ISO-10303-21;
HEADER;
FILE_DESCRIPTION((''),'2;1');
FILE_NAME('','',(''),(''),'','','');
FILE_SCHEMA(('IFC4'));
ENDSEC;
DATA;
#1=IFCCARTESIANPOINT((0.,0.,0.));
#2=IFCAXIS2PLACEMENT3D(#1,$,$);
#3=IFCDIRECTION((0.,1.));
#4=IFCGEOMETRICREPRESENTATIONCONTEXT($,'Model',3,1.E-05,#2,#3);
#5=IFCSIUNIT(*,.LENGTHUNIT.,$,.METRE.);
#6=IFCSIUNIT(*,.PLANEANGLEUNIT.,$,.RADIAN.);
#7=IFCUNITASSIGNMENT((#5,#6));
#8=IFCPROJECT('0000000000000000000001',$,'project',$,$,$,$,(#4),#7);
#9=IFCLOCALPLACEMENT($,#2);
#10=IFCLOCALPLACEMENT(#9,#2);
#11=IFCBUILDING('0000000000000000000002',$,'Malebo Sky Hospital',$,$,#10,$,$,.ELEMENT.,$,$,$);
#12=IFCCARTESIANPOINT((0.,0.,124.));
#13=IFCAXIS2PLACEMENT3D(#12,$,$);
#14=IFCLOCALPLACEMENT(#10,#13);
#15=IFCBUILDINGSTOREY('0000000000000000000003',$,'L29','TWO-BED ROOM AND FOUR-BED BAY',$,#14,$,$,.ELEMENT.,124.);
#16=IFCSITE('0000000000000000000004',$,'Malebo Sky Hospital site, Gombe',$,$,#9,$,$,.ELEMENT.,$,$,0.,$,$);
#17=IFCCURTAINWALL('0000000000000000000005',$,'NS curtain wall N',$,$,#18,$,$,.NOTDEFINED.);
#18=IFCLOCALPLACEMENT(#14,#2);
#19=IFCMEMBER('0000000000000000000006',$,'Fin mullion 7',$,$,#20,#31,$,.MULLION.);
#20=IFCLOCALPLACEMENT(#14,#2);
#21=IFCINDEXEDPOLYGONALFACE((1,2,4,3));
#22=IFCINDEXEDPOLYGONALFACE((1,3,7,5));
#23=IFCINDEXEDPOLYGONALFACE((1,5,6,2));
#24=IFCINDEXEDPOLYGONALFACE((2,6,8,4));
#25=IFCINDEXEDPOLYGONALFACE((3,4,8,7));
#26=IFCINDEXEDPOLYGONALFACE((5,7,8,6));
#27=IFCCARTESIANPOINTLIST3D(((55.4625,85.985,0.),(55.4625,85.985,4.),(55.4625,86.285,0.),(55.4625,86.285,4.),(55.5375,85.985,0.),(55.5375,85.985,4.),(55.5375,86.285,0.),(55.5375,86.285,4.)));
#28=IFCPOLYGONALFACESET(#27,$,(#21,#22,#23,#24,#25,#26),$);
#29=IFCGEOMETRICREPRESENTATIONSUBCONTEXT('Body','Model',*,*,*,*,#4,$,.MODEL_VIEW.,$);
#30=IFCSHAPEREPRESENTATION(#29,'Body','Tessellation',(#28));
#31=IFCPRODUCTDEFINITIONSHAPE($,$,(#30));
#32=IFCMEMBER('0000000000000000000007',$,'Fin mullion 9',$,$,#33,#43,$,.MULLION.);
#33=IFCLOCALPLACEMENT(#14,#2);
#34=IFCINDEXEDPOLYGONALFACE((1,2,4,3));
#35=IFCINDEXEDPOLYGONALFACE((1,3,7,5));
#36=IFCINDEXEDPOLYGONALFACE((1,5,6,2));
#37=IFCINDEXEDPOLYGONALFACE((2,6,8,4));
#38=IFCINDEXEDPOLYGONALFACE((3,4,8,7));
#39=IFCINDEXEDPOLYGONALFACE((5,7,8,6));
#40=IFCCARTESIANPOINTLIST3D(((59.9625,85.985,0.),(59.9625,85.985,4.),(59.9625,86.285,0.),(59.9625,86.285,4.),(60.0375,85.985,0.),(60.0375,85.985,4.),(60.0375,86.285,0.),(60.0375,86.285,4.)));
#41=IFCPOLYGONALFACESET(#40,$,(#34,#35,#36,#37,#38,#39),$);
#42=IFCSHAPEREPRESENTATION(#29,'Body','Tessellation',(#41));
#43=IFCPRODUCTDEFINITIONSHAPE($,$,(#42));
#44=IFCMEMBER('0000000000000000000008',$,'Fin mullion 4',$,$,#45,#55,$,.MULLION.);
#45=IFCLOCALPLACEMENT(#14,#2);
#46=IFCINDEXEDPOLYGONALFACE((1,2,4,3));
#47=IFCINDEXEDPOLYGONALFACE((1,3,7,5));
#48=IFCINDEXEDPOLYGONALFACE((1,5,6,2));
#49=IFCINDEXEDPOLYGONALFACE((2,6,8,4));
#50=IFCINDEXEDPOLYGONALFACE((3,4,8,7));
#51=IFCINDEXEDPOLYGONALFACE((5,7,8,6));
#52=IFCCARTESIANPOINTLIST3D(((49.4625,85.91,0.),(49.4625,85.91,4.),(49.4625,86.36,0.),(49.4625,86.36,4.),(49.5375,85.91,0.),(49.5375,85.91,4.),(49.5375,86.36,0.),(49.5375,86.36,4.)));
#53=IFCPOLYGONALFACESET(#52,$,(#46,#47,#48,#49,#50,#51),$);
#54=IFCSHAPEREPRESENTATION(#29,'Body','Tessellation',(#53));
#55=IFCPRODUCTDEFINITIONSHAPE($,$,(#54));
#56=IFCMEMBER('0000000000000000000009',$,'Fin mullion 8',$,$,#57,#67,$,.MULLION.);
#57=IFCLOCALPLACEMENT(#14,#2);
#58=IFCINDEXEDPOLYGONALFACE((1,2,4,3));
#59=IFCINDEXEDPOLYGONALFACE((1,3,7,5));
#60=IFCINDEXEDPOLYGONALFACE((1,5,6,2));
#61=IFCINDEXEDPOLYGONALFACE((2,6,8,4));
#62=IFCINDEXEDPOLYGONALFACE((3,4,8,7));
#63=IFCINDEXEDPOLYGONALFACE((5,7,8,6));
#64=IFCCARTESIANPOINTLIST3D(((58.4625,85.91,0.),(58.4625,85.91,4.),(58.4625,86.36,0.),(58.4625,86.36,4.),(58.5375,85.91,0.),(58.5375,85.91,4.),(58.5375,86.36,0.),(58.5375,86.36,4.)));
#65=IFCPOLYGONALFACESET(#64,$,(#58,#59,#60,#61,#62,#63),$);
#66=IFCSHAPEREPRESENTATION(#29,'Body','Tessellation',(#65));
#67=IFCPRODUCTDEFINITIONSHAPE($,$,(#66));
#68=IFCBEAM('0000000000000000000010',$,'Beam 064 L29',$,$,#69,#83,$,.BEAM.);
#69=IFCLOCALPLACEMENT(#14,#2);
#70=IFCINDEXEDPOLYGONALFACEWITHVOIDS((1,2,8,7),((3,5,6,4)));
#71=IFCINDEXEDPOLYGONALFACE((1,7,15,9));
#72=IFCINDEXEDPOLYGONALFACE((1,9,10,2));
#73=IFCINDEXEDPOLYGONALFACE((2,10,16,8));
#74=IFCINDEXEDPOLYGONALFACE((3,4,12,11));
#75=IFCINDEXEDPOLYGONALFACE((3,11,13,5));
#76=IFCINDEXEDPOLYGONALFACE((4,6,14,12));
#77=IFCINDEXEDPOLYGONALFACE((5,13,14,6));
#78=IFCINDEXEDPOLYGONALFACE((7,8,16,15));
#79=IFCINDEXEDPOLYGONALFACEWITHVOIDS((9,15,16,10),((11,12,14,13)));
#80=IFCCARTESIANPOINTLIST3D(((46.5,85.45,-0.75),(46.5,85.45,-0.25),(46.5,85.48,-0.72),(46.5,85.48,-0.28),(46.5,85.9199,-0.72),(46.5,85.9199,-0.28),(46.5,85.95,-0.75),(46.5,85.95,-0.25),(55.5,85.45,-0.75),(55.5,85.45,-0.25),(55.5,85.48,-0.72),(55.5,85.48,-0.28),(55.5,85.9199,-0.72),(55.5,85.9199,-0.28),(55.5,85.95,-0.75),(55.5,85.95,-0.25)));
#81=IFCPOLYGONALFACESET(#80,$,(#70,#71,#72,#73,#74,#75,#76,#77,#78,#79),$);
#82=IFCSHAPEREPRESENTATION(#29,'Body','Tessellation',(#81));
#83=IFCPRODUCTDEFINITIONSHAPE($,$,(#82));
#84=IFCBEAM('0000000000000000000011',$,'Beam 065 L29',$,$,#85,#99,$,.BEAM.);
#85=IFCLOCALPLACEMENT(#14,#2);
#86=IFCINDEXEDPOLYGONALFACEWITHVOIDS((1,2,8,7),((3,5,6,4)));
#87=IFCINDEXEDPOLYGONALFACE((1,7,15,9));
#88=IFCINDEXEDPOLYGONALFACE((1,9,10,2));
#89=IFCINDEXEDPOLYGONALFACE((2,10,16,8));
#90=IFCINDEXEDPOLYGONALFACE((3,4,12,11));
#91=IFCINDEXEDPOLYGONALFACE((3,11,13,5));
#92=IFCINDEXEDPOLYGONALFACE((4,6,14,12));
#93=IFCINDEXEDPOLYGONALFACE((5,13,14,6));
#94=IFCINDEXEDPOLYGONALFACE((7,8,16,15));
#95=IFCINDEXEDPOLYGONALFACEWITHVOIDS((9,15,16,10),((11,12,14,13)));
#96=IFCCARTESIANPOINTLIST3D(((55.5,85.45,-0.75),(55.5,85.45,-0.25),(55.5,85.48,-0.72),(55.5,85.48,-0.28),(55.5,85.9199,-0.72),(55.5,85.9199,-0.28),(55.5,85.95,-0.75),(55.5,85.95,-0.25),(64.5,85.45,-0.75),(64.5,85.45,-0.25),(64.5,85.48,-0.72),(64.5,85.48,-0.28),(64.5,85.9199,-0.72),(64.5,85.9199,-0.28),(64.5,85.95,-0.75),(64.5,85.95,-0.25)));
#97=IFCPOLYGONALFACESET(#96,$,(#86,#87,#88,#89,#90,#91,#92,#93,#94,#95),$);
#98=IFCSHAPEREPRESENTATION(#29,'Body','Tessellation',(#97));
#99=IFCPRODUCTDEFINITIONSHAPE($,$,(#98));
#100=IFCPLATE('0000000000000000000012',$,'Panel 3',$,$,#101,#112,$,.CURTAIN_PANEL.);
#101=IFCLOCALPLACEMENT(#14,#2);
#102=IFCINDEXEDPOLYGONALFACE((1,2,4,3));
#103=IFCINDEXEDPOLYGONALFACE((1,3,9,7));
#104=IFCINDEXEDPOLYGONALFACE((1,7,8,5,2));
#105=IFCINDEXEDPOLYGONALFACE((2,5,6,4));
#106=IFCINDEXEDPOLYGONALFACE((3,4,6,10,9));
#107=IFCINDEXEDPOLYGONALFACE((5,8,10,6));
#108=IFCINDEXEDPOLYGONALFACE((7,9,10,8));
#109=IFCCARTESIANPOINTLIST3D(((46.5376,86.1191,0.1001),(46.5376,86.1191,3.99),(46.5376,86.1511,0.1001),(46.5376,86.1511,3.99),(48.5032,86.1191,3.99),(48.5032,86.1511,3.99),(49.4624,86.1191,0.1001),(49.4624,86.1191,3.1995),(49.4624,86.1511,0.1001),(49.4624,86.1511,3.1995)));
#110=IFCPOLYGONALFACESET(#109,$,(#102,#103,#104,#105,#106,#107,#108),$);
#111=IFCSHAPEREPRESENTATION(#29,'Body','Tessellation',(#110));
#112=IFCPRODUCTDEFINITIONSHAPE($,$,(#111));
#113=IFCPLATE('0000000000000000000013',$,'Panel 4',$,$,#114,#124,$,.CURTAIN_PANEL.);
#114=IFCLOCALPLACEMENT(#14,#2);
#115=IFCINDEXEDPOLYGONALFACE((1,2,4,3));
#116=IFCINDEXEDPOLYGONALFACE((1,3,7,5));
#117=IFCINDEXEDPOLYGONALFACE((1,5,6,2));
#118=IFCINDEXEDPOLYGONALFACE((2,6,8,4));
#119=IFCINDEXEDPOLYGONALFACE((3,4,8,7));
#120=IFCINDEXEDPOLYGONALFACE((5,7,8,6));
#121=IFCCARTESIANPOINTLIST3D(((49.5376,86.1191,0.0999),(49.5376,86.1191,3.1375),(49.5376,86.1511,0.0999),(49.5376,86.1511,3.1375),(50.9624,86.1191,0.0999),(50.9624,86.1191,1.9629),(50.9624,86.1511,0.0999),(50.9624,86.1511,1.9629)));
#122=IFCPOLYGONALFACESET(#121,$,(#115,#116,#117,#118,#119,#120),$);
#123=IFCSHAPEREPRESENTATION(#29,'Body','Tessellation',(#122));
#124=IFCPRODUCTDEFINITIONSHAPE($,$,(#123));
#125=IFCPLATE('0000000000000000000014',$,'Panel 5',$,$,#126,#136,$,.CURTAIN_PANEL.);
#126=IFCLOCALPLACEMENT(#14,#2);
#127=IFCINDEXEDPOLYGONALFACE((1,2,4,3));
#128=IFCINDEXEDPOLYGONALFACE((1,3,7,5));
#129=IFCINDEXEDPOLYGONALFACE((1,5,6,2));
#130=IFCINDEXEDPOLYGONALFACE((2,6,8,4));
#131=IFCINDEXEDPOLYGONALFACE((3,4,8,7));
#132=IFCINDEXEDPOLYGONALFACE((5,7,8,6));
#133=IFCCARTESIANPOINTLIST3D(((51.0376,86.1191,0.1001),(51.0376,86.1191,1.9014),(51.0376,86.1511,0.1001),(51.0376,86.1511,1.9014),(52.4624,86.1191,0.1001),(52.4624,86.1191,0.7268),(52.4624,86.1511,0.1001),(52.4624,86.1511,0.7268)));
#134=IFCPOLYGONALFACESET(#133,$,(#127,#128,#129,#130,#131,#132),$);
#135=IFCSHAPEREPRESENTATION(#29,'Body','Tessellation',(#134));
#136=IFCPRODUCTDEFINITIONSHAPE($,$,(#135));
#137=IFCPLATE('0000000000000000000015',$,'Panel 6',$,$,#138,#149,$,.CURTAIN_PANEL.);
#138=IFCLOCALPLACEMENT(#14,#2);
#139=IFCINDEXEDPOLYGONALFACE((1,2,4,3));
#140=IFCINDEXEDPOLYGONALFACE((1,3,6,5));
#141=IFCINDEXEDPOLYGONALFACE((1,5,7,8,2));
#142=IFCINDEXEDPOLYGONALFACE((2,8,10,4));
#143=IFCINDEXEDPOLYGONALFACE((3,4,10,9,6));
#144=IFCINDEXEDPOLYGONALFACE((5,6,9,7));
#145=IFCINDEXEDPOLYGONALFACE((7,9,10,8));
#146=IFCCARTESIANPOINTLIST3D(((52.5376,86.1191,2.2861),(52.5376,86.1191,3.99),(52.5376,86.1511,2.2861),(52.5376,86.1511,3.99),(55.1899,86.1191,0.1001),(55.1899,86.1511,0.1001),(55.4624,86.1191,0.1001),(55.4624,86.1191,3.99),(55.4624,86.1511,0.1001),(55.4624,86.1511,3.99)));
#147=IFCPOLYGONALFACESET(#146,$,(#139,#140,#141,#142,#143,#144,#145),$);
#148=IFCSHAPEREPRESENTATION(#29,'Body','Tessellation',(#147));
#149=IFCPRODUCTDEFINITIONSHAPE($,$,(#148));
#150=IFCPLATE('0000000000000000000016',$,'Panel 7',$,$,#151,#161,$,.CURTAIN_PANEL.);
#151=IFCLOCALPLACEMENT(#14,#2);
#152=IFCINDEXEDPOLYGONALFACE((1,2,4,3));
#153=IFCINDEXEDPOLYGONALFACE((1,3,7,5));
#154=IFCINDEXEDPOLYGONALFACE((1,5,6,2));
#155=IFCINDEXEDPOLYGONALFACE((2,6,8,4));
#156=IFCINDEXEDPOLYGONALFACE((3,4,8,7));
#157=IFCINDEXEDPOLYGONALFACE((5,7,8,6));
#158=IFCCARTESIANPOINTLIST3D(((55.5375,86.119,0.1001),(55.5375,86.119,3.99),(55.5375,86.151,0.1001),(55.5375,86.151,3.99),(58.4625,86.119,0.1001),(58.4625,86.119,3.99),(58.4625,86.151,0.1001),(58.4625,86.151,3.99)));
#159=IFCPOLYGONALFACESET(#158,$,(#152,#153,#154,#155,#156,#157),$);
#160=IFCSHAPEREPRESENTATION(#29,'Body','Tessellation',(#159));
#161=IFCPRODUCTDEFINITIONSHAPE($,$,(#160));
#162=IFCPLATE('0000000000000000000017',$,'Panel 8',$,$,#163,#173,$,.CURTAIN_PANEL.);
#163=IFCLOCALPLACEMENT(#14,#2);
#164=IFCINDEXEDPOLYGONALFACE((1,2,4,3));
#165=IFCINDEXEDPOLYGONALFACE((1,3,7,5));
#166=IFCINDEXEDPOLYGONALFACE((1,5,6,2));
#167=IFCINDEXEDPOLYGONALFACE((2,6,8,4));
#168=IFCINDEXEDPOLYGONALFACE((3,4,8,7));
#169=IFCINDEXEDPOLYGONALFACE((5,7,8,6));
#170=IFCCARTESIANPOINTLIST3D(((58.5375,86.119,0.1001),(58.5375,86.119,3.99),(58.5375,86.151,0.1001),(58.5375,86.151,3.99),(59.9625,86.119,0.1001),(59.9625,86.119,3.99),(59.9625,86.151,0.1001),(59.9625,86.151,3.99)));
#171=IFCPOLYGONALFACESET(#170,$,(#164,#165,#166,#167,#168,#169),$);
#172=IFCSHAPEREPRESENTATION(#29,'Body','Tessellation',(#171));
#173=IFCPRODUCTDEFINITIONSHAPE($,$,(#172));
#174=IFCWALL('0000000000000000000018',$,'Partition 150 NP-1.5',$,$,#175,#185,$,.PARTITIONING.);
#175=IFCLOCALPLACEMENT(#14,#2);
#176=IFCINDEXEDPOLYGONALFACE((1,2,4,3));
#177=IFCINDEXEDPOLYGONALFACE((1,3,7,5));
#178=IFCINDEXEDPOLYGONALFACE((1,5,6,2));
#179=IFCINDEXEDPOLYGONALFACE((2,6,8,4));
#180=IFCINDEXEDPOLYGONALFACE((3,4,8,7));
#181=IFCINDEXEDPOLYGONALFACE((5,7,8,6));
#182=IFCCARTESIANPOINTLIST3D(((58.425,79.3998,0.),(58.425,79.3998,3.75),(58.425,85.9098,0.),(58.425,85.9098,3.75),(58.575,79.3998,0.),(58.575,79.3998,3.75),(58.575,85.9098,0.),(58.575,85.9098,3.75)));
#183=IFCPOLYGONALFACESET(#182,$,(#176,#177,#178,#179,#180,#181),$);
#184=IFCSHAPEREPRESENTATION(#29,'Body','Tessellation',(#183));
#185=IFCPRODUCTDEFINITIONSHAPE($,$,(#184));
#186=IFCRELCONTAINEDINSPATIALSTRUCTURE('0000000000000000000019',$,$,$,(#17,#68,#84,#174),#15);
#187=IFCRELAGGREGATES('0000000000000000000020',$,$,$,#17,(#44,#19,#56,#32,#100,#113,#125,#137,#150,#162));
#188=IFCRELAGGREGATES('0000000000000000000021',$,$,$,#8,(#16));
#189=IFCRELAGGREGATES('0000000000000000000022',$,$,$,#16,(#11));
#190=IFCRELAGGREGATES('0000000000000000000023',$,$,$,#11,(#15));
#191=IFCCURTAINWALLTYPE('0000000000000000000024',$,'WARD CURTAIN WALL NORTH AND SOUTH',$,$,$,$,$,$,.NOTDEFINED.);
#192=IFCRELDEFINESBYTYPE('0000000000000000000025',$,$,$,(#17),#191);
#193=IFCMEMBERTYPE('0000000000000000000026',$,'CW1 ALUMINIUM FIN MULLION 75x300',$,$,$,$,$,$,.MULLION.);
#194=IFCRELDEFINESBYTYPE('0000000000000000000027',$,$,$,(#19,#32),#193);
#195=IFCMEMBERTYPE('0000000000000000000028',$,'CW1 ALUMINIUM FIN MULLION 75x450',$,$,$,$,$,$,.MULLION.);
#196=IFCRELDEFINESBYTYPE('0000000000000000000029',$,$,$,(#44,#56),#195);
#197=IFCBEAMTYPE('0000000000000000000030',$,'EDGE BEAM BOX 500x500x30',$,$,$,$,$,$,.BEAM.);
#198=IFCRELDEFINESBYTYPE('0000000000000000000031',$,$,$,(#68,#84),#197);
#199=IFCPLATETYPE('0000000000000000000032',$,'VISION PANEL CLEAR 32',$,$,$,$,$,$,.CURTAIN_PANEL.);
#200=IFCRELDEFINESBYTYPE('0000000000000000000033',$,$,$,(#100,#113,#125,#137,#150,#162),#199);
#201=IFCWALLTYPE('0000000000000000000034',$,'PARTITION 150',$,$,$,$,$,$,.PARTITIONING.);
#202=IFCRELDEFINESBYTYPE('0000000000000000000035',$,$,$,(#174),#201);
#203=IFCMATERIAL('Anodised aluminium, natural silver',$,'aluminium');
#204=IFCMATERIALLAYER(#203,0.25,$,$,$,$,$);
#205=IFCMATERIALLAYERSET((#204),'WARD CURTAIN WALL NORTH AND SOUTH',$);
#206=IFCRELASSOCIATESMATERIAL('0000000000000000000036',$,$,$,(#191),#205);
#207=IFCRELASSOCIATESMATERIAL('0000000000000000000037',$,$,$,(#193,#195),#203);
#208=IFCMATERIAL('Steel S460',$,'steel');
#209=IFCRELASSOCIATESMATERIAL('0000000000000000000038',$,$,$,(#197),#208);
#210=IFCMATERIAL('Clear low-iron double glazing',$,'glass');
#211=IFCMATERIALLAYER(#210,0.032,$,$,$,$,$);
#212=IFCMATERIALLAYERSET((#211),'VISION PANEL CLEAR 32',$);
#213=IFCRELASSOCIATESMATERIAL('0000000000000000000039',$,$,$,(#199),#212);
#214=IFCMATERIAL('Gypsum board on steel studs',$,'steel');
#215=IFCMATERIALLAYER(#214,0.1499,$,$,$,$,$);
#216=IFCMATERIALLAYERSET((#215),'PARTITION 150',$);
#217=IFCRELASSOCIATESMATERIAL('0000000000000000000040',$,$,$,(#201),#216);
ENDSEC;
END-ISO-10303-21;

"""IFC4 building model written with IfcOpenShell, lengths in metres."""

from ifc_helpers import new_model, si_unit, direction, frame, frame_2d, origin, origin_2d, place, context, subcontext, project, spatial, polyline, rectangle, hollow_rectangle, outline, extrude, material, layer, layer_set, material_profile, profile_set, type_object, element, aggregate, save


model = new_model("IFC4")

# Units and contexts
model_context = context("Model", 3, precision=1e-05, world=origin(), true_north=direction((0.0, 1.0)))
body_context = subcontext(model_context, "Body", "Model", "MODEL_VIEW")
ifc_project = project(units=[si_unit("LENGTHUNIT", "METRE"), si_unit("PLANEANGLEUNIT", "RADIAN")], contexts=[model_context])

# Site, building, storey
site_placement = place(None, origin())
site = spatial("IfcSite", under=ifc_project, at=site_placement, Name="Malebo Sky Hospital site, Gombe", CompositionType="ELEMENT", RefElevation=0.0)
building_placement = place(site_placement, origin())
building = spatial("IfcBuilding", under=site, at=building_placement, Name="Malebo Sky Hospital", CompositionType="ELEMENT")
storey_placement = place(building_placement, frame((0.0, 0.0, 124.0)))
storey = spatial("IfcBuildingStorey", under=building, at=storey_placement, Name="L29", Description="TWO-BED ROOM AND FOUR-BED BAY", CompositionType="ELEMENT", Elevation=124.0)

# Shared definitions
ifc_material_1 = material(Name="Steel S460", Category="steel")

# Curtain wall
ifc_material_2 = material(Name="Anodised aluminium, natural silver", Category="aluminium")
ifc_layer_1 = layer(ifc_material_2, 0.25)
ifc_layer_set_1 = layer_set([ifc_layer_1], Name="WARD CURTAIN WALL NORTH AND SOUTH")
curtain_wall_type = type_object("IfcCurtainWallType", Name="WARD CURTAIN WALL NORTH AND SOUTH", PredefinedType="NOTDEFINED", material=ifc_layer_set_1)
curtain_wall_placement = place(storey_placement, origin())
curtain_wall = element("IfcCurtainWall", 1, at=curtain_wall_placement, inside=storey, type_object=curtain_wall_type, Name="NS curtain wall N", PredefinedType="NOTDEFINED")

# Members
ifc_material_profile_1 = material_profile(ifc_material_2, rectangle(XDim=0.075, YDim=0.3, at=origin_2d()), Name="CW1 ALUMINIUM FIN MULLION 75x300")
ifc_profile_set_1 = profile_set([ifc_material_profile_1], Name="Anodised aluminium, natural silver")
member_type_1 = type_object("IfcMemberType", Name="CW1 ALUMINIUM FIN MULLION 75x300", PredefinedType="MULLION", material=ifc_profile_set_1)
member_1_placement = place(storey_placement, frame((55.5, 86.135, 0.0), z_axis=(0.0, 0.0, 1.0), x_axis=(1.0, 0.0, 0.0)))
member_1 = element("IfcMember", 2, at=member_1_placement, type_object=member_type_1, Name="Fin mullion 7", PredefinedType="MULLION", context=body_context, shape_type="SweptSolid", body=[
    extrude(rectangle(XDim=0.075, YDim=0.3, at=origin_2d()), origin(), (0.0, 0.0, 1.0), 4.0),
])
member_2_placement = place(storey_placement, frame((60.0, 86.135, 0.0), z_axis=(0.0, 0.0, 1.0), x_axis=(1.0, 0.0, 0.0)))
member_2 = element("IfcMember", 3, at=member_2_placement, type_object=member_type_1, Name="Fin mullion 9", PredefinedType="MULLION", context=body_context, shape_type="SweptSolid", body=[
    extrude(rectangle(XDim=0.075, YDim=0.3, at=origin_2d()), origin(), (0.0, 0.0, 1.0), 4.0),
])
ifc_material_profile_2 = material_profile(ifc_material_2, rectangle(XDim=0.075, YDim=0.45, at=origin_2d()), Name="CW1 ALUMINIUM FIN MULLION 75x450")
ifc_profile_set_2 = profile_set([ifc_material_profile_2], Name="Anodised aluminium, natural silver")
member_type_2 = type_object("IfcMemberType", Name="CW1 ALUMINIUM FIN MULLION 75x450", PredefinedType="MULLION", material=ifc_profile_set_2)
member_3_placement = place(storey_placement, frame((49.5, 86.135, 0.0), z_axis=(0.0, 0.0, 1.0), x_axis=(1.0, 0.0, 0.0)))
member_3 = element("IfcMember", 4, at=member_3_placement, type_object=member_type_2, Name="Fin mullion 4", PredefinedType="MULLION", context=body_context, shape_type="SweptSolid", body=[
    extrude(rectangle(XDim=0.075, YDim=0.45, at=origin_2d()), origin(), (0.0, 0.0, 1.0), 4.0),
])
member_4_placement = place(storey_placement, frame((58.5, 86.135, 0.0), z_axis=(0.0, 0.0, 1.0), x_axis=(1.0, 0.0, 0.0)))
member_4 = element("IfcMember", 5, at=member_4_placement, type_object=member_type_2, Name="Fin mullion 8", PredefinedType="MULLION", context=body_context, shape_type="SweptSolid", body=[
    extrude(rectangle(XDim=0.075, YDim=0.45, at=origin_2d()), origin(), (0.0, 0.0, 1.0), 4.0),
])

# Beams
ifc_material_profile_3 = material_profile(ifc_material_1, hollow_rectangle(XDim=0.5, YDim=0.5, WallThickness=0.03, at=origin_2d()), Name="BOX 500x500x30")
ifc_profile_set_3 = profile_set([ifc_material_profile_3], Name="Steel S460")
beam_type = type_object("IfcBeamType", Name="EDGE BEAM BOX 500x500x30", PredefinedType="BEAM", material=ifc_profile_set_3)
for number, where, z_axis, x_axis, name in (
    (6, (46.5, 85.7, -0.5), (1.0, 0.0, 0.0), (0.0, 1.0, 0.0), "Beam 064 L29"),
    (7, (55.5, 85.7, -0.5), (1.0, 0.0, 0.0), (0.0, 1.0, 0.0), "Beam 065 L29"),
):
    element("IfcBeam", number, at=place(storey_placement, frame(where, z_axis=z_axis, x_axis=x_axis)), inside=storey, type_object=beam_type, Name=name, PredefinedType="BEAM", context=body_context, shape_type="SweptSolid", body=[
        extrude(hollow_rectangle(XDim=0.5, YDim=0.5, WallThickness=0.03, at=origin_2d()), origin(), (0.0, 0.0, 1.0), 9.0),
    ])

# Plates
ifc_material_3 = material(Name="Clear low-iron double glazing", Category="glass")
ifc_layer_2 = layer(ifc_material_3, 0.032)
ifc_layer_set_2 = layer_set([ifc_layer_2], Name="VISION PANEL CLEAR 32")
plate_type = type_object("IfcPlateType", Name="VISION PANEL CLEAR 32", PredefinedType="CURTAIN_PANEL", material=ifc_layer_set_2)
plate_1_placement = place(storey_placement, frame((48.0, 86.135, 0.1001), z_axis=(0.0, 0.0, 1.0), x_axis=(1.0, 0.0, 0.0)))
plate_1 = element("IfcPlate", 8, at=plate_1_placement, type_object=plate_type, Name="Panel 3", PredefinedType="CURTAIN_PANEL", context=body_context, shape_type="SweptSolid", body=[
    extrude(outline(polyline([(-1.4624, 0.0), (1.4624, 0.0), (1.4624, 3.0994), (0.5032, 3.8899), (-1.4624, 3.8899), (-1.4624, 0.0)])), frame((0.0, 0.0161, 0.0), z_axis=(0.0, -1.0, 0.0), x_axis=(1.0, 0.0, 0.0)), (0.0, 0.0, 1.0), 0.032),
])
plate_2_placement = place(storey_placement, frame((50.25, 86.135, 0.0999), z_axis=(0.0, 0.0, 1.0), x_axis=(1.0, 0.0, 0.0)))
plate_2 = element("IfcPlate", 9, at=plate_2_placement, type_object=plate_type, Name="Panel 4", PredefinedType="CURTAIN_PANEL", context=body_context, shape_type="SweptSolid", body=[
    extrude(outline(polyline([(-0.7124, 0.0), (0.7124, 0.0), (0.7124, 1.863), (-0.7124, 3.0376), (-0.7124, 0.0)])), frame((0.0, 0.0161, 0.0), z_axis=(0.0, -1.0, 0.0), x_axis=(1.0, 0.0, 0.0)), (0.0, 0.0, 1.0), 0.032),
])
plate_3_placement = place(storey_placement, frame((51.75, 86.135, 0.1001), z_axis=(0.0, 0.0, 1.0), x_axis=(1.0, 0.0, 0.0)))
plate_3 = element("IfcPlate", 10, at=plate_3_placement, type_object=plate_type, Name="Panel 5", PredefinedType="CURTAIN_PANEL", context=body_context, shape_type="SweptSolid", body=[
    extrude(outline(polyline([(-0.7124, 0.0), (0.7124, 0.0), (0.7124, 0.6267), (-0.7124, 1.8013), (-0.7124, 0.0)])), frame((0.0, 0.0161, 0.0), z_axis=(0.0, -1.0, 0.0), x_axis=(1.0, 0.0, 0.0)), (0.0, 0.0, 1.0), 0.032),
])
plate_4_placement = place(storey_placement, frame((54.0, 86.135, 0.1001), z_axis=(0.0, 0.0, 1.0), x_axis=(1.0, 0.0, 0.0)))
plate_4 = element("IfcPlate", 11, at=plate_4_placement, type_object=plate_type, Name="Panel 6", PredefinedType="CURTAIN_PANEL", context=body_context, shape_type="SweptSolid", body=[
    extrude(outline(polyline([(1.1899, 0.0), (1.4624, 0.0), (1.4624, 3.8899), (-1.4624, 3.8899), (-1.4624, 2.186), (1.1899, 0.0)])), frame((0.0, 0.0161, 0.0), z_axis=(0.0, -1.0, 0.0), x_axis=(1.0, 0.0, 0.0)), (0.0, 0.0, 1.0), 0.032),
])
plate_5_placement = place(storey_placement, frame((57.0, 86.135, 0.1001), z_axis=(0.0, 0.0, 1.0), x_axis=(1.0, 0.0, 0.0)))
plate_5 = element("IfcPlate", 12, at=plate_5_placement, type_object=plate_type, Name="Panel 7", PredefinedType="CURTAIN_PANEL", context=body_context, shape_type="SweptSolid", body=[
    extrude(rectangle(XDim=2.925, YDim=0.032, at=origin_2d()), origin(), (0.0, 0.0, 1.0), 3.8899),
])
plate_6_placement = place(storey_placement, frame((59.25, 86.135, 0.1001), z_axis=(0.0, 0.0, 1.0), x_axis=(1.0, 0.0, 0.0)))
plate_6 = element("IfcPlate", 13, at=plate_6_placement, type_object=plate_type, Name="Panel 8", PredefinedType="CURTAIN_PANEL", context=body_context, shape_type="SweptSolid", body=[
    extrude(rectangle(XDim=1.425, YDim=0.032, at=origin_2d()), origin(), (0.0, 0.0, 1.0), 3.8899),
])
aggregate(curtain_wall, [member_3, member_1, member_4, member_2, plate_1, plate_2, plate_3, plate_4, plate_5, plate_6])

# Wall
ifc_material_4 = material(Name="Gypsum board on steel studs", Category="steel")
ifc_layer_3 = layer(ifc_material_4, 0.1499)
ifc_layer_set_3 = layer_set([ifc_layer_3], Name="PARTITION 150")
wall_type = type_object("IfcWallType", Name="PARTITION 150", PredefinedType="PARTITIONING", material=ifc_layer_set_3)
wall_1_placement = place(storey_placement, frame((58.5, 79.3999, 0.0), z_axis=(0.0, 0.0, 1.0), x_axis=(0.0, 1.0, 0.0)))
element("IfcWall", 14, at=wall_1_placement, inside=storey, type_object=wall_type, Name="Partition 150 NP-1.5", PredefinedType="PARTITIONING", context=body_context, shape_type="SweptSolid", body=[
    extrude(rectangle(XDim=6.51, YDim=0.1499, at=frame_2d((3.2549, 0.0))), origin(), (0.0, 0.0, 1.0), 3.75),
])

save(model, "model.ifc")
